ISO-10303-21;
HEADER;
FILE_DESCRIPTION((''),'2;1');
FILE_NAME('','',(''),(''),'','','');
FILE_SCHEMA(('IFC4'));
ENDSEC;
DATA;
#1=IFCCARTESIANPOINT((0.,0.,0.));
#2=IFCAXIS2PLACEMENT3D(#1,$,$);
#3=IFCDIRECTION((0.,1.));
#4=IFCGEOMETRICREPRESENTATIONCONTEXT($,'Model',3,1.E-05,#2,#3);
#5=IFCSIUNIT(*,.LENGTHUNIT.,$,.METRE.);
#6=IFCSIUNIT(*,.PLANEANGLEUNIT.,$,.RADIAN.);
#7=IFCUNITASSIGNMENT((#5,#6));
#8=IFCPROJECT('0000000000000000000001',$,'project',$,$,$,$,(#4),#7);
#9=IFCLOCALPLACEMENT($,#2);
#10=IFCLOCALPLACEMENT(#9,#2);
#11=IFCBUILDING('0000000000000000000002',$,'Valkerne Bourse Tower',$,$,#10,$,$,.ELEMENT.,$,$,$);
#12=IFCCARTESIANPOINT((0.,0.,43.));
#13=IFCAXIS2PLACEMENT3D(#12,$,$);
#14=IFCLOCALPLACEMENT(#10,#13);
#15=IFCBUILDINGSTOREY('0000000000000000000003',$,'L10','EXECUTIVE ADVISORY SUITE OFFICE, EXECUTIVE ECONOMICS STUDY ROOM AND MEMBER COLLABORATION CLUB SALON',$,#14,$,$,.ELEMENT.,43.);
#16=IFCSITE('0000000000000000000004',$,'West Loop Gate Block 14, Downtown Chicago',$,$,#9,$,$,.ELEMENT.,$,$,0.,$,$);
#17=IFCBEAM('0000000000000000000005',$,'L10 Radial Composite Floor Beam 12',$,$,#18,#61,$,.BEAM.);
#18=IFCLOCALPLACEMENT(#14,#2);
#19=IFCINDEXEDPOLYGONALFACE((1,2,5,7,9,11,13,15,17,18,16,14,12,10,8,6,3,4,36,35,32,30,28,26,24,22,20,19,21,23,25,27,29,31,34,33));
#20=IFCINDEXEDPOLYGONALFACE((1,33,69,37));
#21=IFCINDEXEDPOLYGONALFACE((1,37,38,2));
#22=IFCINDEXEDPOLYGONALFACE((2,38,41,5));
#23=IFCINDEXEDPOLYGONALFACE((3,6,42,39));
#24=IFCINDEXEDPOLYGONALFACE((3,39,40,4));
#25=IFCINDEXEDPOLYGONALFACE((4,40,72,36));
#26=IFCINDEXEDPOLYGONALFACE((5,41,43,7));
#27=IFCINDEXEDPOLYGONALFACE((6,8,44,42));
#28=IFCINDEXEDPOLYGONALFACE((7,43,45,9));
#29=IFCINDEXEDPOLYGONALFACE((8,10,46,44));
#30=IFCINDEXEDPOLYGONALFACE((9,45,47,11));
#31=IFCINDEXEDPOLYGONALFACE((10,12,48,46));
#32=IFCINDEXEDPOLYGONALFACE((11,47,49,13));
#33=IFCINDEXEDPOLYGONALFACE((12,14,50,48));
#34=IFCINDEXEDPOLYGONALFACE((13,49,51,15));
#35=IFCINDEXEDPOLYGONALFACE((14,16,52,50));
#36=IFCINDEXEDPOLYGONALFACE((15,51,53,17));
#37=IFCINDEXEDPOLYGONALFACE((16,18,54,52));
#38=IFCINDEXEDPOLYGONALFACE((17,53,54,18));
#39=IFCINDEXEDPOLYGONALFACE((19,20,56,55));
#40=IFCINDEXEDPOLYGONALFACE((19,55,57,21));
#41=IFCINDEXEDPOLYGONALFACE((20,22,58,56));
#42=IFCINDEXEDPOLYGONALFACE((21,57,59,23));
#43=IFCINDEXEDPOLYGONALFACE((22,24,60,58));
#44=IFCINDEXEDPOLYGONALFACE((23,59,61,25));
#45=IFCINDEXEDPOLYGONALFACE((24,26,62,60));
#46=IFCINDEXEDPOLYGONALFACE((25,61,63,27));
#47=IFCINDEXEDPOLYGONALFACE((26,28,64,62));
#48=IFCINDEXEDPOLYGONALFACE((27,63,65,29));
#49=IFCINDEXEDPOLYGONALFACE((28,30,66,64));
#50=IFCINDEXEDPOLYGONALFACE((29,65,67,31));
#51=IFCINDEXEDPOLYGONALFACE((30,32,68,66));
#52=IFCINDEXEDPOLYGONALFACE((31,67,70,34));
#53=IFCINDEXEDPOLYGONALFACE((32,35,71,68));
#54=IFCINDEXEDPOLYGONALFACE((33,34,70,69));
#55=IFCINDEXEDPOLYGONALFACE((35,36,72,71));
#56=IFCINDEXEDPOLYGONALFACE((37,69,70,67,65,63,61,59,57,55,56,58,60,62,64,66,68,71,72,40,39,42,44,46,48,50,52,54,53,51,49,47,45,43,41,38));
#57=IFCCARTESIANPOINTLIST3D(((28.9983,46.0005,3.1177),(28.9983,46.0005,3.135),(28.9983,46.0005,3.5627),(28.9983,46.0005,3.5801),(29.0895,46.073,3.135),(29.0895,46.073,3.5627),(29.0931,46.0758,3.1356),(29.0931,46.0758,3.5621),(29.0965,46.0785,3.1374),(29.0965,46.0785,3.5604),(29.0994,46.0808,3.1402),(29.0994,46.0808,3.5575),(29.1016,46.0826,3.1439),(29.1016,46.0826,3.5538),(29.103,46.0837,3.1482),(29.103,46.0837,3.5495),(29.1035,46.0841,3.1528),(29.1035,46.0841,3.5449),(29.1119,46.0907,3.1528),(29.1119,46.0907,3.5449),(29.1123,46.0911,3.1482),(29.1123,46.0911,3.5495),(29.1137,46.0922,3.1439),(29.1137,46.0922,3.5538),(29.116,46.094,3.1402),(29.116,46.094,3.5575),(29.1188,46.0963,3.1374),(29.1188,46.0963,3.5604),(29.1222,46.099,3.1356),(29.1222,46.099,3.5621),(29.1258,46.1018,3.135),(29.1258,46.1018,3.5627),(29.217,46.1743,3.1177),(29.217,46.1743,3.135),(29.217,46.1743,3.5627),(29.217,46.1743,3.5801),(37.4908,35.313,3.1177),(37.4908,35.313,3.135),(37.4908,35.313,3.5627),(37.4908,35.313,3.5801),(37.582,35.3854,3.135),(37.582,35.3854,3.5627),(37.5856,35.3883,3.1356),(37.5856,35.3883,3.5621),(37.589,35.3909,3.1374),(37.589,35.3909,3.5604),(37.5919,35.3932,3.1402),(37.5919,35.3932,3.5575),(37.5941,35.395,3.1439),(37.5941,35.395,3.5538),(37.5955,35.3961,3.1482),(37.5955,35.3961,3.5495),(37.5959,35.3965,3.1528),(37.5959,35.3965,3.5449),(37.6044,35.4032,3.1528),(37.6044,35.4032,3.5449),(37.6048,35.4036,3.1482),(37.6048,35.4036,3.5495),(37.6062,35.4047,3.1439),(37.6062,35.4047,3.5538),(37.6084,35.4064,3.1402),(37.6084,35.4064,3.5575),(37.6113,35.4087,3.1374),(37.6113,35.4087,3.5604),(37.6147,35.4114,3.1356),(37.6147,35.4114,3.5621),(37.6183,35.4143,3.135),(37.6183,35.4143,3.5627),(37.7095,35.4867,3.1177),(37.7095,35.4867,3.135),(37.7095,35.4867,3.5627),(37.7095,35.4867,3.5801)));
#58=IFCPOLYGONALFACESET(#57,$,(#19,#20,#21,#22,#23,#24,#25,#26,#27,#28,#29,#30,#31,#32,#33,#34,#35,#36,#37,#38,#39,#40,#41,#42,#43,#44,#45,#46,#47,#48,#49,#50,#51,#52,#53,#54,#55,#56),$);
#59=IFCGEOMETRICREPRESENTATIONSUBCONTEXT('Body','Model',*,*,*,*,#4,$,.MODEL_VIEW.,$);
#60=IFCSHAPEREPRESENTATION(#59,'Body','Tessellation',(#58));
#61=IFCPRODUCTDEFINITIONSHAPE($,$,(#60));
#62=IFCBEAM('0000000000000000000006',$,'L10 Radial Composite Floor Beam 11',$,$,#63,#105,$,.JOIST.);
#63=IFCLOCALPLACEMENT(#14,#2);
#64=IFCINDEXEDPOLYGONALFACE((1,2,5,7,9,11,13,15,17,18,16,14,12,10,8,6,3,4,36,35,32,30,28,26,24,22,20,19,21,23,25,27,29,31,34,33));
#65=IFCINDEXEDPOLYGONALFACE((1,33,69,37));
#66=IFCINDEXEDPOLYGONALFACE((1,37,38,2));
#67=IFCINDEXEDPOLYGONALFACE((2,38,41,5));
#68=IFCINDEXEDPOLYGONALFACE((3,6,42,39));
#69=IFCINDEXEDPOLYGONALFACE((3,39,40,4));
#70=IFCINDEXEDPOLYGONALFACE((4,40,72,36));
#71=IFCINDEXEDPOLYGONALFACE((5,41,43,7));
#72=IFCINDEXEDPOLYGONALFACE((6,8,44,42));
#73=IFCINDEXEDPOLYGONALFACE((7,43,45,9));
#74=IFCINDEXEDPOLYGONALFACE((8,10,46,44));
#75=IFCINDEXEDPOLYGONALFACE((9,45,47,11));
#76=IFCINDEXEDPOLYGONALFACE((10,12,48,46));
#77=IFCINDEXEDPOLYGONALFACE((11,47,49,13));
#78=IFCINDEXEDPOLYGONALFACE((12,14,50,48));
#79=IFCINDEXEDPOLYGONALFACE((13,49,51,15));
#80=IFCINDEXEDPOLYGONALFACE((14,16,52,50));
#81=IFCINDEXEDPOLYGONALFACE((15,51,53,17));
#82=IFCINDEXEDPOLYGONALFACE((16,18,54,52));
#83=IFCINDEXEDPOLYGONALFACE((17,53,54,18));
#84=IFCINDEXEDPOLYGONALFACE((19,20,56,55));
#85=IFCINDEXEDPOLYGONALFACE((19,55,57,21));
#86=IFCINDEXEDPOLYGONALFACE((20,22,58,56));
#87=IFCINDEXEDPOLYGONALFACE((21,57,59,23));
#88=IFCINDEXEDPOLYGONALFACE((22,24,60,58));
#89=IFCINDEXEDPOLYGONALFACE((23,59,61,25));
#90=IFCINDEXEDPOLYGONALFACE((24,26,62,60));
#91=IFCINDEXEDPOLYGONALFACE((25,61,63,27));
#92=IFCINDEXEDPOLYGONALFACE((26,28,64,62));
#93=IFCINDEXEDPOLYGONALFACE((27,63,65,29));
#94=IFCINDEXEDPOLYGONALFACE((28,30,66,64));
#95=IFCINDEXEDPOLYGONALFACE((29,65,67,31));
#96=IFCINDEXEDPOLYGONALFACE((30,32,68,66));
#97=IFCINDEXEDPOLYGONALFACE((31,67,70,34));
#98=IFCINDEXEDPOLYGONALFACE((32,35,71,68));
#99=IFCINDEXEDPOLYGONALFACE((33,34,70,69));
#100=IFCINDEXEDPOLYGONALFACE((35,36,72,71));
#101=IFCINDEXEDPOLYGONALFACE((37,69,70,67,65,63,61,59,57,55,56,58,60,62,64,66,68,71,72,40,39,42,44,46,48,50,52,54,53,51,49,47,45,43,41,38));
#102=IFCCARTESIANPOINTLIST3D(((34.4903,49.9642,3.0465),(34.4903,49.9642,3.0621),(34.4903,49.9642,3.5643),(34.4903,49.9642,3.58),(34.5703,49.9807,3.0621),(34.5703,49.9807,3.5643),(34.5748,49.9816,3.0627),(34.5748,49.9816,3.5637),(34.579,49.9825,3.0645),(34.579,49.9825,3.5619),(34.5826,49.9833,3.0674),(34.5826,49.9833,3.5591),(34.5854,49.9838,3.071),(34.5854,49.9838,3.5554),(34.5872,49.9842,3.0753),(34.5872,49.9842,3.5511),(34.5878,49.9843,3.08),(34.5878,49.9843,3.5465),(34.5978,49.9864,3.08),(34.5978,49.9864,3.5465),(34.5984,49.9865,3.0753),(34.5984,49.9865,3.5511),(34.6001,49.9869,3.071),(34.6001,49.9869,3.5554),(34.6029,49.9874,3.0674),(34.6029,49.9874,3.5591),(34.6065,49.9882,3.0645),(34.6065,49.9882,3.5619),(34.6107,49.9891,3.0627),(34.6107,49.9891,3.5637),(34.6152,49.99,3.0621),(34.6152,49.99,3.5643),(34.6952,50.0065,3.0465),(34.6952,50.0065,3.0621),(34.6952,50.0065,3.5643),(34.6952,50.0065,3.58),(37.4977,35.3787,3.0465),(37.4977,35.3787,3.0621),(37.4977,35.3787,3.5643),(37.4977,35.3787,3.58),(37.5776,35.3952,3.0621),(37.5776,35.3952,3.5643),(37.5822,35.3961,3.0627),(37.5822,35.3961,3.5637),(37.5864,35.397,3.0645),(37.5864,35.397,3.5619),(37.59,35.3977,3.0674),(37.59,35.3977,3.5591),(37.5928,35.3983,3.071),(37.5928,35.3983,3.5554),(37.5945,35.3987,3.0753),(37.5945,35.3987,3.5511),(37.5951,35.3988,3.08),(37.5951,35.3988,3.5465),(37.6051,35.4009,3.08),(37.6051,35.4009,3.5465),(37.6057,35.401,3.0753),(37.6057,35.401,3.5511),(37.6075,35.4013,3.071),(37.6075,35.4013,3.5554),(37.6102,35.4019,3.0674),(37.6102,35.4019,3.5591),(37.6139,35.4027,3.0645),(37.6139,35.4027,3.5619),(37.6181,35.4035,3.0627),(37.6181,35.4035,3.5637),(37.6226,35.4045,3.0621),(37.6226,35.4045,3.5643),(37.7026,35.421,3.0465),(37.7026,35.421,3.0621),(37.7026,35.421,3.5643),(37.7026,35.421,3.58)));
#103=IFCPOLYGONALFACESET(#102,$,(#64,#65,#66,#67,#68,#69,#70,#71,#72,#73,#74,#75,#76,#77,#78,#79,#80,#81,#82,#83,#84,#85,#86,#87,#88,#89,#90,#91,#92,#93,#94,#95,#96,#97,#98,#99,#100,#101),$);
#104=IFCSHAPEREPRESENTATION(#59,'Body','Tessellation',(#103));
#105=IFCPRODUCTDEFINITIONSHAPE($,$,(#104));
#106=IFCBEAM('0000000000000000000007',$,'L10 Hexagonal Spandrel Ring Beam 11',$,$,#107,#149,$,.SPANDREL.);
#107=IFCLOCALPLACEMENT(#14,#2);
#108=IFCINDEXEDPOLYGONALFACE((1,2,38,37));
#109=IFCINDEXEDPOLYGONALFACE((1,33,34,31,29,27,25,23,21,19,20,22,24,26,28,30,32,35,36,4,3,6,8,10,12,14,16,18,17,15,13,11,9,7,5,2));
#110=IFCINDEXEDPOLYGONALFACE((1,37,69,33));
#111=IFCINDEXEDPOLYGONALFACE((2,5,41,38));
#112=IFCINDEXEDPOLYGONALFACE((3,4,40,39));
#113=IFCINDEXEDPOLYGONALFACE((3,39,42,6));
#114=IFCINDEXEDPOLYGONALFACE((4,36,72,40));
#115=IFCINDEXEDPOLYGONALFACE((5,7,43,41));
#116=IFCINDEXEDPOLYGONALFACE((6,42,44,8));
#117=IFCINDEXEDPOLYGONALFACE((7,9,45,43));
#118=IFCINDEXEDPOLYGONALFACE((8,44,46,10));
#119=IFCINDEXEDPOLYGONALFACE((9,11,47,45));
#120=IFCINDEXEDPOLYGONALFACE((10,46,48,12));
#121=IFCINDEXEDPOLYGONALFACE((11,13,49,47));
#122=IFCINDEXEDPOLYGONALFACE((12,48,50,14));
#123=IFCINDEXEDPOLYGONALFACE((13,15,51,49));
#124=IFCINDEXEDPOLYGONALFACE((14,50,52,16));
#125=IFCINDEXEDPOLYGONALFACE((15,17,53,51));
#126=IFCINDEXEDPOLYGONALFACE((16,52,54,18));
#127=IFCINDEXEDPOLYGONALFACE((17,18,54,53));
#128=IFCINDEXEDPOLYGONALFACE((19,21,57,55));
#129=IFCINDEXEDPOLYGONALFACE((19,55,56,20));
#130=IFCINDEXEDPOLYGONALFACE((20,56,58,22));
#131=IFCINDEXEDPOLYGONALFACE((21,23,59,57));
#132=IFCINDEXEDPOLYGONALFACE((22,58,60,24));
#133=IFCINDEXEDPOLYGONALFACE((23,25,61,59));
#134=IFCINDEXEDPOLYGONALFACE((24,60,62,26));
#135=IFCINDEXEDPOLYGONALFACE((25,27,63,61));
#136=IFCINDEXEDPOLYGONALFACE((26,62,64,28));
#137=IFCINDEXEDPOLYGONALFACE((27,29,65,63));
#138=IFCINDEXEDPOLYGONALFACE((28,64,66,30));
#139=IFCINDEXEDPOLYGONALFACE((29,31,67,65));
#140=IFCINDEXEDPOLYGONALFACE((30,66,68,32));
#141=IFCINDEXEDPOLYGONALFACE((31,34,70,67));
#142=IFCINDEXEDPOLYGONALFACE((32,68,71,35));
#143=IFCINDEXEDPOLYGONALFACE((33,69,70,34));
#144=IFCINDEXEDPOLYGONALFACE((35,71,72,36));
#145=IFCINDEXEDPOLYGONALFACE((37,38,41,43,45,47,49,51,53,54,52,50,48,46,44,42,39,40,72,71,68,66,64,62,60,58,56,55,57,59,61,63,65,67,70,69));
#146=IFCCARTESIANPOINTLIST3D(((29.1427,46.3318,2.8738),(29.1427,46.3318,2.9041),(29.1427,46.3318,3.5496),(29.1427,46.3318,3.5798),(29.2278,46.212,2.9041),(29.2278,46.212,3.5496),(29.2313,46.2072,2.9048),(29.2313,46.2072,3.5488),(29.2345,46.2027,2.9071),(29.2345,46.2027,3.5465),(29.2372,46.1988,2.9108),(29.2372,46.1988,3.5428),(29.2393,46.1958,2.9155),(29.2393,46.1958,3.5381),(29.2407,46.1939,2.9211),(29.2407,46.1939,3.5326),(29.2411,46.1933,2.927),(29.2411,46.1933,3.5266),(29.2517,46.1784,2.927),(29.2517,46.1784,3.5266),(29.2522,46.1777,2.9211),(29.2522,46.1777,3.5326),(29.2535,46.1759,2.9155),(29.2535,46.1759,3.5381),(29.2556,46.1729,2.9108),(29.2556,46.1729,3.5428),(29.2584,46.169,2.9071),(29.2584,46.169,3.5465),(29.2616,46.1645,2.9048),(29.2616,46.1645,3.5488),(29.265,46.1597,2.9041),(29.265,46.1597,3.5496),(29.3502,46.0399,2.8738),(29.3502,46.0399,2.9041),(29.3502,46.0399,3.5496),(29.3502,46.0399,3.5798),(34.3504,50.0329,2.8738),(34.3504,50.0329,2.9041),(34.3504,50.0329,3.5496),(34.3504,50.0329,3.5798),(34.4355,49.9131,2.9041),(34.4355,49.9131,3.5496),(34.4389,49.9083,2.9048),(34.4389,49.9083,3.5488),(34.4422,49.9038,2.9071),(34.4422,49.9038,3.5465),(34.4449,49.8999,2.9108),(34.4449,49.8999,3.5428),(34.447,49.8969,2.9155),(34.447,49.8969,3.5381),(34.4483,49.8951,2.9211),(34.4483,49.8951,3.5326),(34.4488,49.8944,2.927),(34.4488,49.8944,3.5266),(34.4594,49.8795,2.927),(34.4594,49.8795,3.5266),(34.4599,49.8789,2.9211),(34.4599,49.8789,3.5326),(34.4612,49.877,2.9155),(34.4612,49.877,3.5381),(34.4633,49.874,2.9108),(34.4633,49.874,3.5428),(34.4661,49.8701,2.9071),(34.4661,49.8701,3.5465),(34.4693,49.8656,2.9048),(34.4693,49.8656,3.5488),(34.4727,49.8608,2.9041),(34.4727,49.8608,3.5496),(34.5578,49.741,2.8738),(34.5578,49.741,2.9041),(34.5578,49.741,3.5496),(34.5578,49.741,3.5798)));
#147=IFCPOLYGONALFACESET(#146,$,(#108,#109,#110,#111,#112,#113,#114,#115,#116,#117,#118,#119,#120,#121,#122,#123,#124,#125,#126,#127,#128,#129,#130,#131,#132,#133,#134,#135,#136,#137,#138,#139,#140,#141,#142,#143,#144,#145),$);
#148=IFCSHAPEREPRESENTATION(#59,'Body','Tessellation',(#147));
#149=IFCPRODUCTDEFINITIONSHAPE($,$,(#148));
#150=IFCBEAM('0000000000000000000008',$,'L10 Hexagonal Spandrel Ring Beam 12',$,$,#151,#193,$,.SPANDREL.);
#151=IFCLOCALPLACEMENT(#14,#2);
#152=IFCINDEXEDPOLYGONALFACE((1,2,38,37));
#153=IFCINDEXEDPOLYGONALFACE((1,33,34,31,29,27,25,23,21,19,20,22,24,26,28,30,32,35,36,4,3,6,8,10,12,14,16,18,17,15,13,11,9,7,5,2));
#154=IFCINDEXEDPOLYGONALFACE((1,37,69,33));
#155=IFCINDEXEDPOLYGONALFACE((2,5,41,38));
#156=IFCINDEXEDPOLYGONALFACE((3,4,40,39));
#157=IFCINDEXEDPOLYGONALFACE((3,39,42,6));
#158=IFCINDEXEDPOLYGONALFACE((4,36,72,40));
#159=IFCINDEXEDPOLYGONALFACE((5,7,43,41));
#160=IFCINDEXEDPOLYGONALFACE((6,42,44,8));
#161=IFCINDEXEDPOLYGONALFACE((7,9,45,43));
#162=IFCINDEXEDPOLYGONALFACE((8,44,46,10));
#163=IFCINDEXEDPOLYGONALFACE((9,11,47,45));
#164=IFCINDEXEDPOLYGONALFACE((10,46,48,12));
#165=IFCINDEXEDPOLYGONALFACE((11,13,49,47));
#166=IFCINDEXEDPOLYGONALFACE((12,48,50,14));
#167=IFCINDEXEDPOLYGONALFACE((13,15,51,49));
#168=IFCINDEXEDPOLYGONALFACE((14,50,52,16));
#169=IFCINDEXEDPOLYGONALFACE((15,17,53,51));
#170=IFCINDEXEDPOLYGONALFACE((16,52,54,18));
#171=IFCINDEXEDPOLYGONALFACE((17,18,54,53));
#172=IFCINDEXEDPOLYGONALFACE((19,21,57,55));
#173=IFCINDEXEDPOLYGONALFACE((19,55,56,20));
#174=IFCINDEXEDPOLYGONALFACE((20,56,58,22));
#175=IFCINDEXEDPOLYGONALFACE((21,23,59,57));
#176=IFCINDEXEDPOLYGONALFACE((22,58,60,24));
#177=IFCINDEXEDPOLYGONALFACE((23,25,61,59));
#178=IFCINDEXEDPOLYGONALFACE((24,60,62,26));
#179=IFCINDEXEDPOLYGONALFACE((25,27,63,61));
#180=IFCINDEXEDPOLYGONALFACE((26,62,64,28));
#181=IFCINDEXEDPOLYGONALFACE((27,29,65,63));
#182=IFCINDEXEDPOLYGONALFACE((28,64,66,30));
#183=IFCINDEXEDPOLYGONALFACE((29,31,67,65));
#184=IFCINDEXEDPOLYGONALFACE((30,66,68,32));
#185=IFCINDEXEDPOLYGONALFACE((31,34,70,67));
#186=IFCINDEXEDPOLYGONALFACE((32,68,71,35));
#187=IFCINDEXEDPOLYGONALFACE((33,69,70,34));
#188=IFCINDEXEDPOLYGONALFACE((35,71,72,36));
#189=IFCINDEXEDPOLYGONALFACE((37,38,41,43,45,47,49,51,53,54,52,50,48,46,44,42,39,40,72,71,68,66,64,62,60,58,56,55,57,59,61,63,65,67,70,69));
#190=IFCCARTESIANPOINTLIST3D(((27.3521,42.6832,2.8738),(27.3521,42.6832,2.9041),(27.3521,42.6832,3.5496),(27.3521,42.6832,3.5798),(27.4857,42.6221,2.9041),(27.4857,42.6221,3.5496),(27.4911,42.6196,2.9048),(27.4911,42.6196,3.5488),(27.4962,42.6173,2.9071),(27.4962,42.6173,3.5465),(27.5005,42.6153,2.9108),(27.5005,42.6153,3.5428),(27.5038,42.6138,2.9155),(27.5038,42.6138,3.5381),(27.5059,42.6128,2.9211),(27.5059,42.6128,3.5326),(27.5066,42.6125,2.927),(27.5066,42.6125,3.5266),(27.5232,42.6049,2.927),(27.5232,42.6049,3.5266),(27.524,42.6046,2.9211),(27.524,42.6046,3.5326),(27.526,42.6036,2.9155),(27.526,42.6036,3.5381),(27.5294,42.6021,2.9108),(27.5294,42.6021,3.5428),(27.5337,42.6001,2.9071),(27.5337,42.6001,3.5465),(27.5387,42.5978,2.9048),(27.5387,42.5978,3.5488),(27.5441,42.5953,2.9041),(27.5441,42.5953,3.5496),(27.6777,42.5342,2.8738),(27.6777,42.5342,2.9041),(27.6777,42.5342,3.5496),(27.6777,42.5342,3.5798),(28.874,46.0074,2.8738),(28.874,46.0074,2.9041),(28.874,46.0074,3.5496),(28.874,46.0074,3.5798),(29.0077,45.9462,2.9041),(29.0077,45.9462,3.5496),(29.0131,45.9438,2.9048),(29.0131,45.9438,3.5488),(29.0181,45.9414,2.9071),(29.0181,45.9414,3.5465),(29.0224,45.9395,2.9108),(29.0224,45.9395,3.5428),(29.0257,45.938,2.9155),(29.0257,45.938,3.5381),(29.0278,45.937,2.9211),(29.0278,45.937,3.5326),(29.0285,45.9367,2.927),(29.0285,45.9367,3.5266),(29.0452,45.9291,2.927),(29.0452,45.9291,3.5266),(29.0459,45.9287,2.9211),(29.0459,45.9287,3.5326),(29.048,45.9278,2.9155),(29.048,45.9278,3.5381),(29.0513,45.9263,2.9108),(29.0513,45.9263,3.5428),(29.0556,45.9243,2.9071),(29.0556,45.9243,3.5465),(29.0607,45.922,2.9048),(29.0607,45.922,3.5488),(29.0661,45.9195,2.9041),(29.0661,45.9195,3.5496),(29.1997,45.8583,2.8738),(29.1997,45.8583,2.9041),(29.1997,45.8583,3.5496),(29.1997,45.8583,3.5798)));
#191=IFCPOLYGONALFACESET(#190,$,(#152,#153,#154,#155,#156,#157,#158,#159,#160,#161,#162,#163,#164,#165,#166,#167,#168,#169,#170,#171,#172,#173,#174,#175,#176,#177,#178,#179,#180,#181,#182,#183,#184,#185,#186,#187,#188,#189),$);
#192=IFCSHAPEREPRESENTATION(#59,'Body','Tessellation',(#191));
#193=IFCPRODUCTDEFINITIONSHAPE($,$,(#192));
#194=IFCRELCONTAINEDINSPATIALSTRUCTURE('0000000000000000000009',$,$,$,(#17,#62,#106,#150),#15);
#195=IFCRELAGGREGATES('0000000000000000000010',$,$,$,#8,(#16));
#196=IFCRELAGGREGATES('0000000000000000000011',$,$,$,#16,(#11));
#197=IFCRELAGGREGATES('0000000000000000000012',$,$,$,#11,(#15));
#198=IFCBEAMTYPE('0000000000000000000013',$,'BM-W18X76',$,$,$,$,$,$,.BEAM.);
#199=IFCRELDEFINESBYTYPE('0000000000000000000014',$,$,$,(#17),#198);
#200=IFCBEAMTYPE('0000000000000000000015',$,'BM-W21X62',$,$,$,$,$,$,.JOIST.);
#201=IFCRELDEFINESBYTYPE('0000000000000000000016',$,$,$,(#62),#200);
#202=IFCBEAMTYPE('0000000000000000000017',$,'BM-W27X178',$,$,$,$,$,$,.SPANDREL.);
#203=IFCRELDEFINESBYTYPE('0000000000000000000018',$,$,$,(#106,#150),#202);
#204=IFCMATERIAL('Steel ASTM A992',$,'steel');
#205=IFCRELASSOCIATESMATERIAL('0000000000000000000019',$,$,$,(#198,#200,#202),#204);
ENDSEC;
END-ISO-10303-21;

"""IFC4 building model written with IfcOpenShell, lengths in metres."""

from ifc_helpers import new_model, si_unit, direction, frame, origin, origin_2d, place, context, subcontext, project, spatial, i_section, extrude, material, material_profile, profile_set, type_object, element, save


model = new_model("IFC4")

# Units and contexts
model_context = context("Model", 3, precision=1e-05, world=origin(), true_north=direction((0.0, 1.0)))
body_context = subcontext(model_context, "Body", "Model", "MODEL_VIEW")
ifc_project = project(units=[si_unit("LENGTHUNIT", "METRE"), si_unit("PLANEANGLEUNIT", "RADIAN")], contexts=[model_context])

# Site, building, storey
site_placement = place(None, origin())
site = spatial("IfcSite", under=ifc_project, at=site_placement, Name="West Loop Gate Block 14, Downtown Chicago", CompositionType="ELEMENT", RefElevation=0.0)
building_placement = place(site_placement, origin())
building = spatial("IfcBuilding", under=site, at=building_placement, Name="Valkerne Bourse Tower", CompositionType="ELEMENT")
storey_placement = place(building_placement, frame((0.0, 0.0, 43.0)))
storey = spatial("IfcBuildingStorey", under=building, at=storey_placement, Name="L10", Description="EXECUTIVE ADVISORY SUITE OFFICE, EXECUTIVE ECONOMICS STUDY ROOM AND MEMBER COLLABORATION CLUB SALON", CompositionType="ELEMENT", Elevation=43.0)

# Beams
ifc_material_1 = material(Name="Steel ASTM A992", Category="steel")
ifc_material_profile_1 = material_profile(ifc_material_1, i_section(OverallWidth=0.2793, OverallDepth=0.4624, WebThickness=0.0107, FlangeThickness=0.0173, FilletRadius=0.0178, at=origin_2d()), Name="W18X76")
ifc_profile_set_1 = profile_set([ifc_material_profile_1], Name="Steel ASTM A992")
beam_type_1 = type_object("IfcBeamType", Name="BM-W18X76", PredefinedType="BEAM", material=ifc_profile_set_1)
beam_1_placement = place(storey_placement, frame((29.1077, 46.0874, 3.3489), z_axis=(0.62212, -0.782922, 0.0), x_axis=(0.782922, 0.62212, 0.0)))
element("IfcBeam", 1, at=beam_1_placement, inside=storey, type_object=beam_type_1, Name="L10 Radial Composite Floor Beam 12", PredefinedType="BEAM", context=body_context, shape_type="SweptSolid", body=[
    extrude(i_section(OverallWidth=0.2793, OverallDepth=0.4624, WebThickness=0.0107, FlangeThickness=0.0173, FilletRadius=0.0178, at=origin_2d()), origin(), (0.0, 0.0, 1.0), 13.6509),
])
ifc_material_profile_2 = material_profile(ifc_material_1, i_section(OverallWidth=0.2092, OverallDepth=0.5334, WebThickness=0.0103, FlangeThickness=0.0156, FilletRadius=0.0178, at=origin_2d()), Name="W21X62")
ifc_profile_set_2 = profile_set([ifc_material_profile_2], Name="Steel ASTM A992")
beam_type_2 = type_object("IfcBeamType", Name="BM-W21X62", PredefinedType="JOIST", material=ifc_profile_set_2)
beam_2_placement = place(storey_placement, frame((34.5928, 49.9854, 3.3132), z_axis=(0.201939, -0.979398, 0.0), x_axis=(0.979398, 0.201939, 0.0)))
element("IfcBeam", 2, at=beam_2_placement, inside=storey, type_object=beam_type_2, Name="L10 Radial Composite Floor Beam 11", PredefinedType="JOIST", context=body_context, shape_type="SweptSolid", body=[
    extrude(i_section(OverallWidth=0.2092, OverallDepth=0.5334, WebThickness=0.0103, FlangeThickness=0.0156, FilletRadius=0.0178, at=origin_2d()), origin(), (0.0, 0.0, 1.0), 14.8923),
])
ifc_material_profile_3 = material_profile(ifc_material_1, i_section(OverallWidth=0.3582, OverallDepth=0.7061, WebThickness=0.0183, FlangeThickness=0.0303, FilletRadius=0.0229, at=origin_2d()), Name="W27X178")
ifc_profile_set_3 = profile_set([ifc_material_profile_3], Name="Steel ASTM A992")
beam_type_3 = type_object("IfcBeamType", Name="BM-W27X178", PredefinedType="SPANDREL", material=ifc_profile_set_3)
beam_3_placement = place(storey_placement, frame((34.4541, 49.887, 3.2268), z_axis=(-0.815113, -0.579303, 0.0), x_axis=(0.579303, -0.815113, 0.0)))
element("IfcBeam", 3, at=beam_3_placement, inside=storey, type_object=beam_type_3, Name="L10 Hexagonal Spandrel Ring Beam 11", PredefinedType="SPANDREL", context=body_context, shape_type="SweptSolid", body=[
    extrude(i_section(OverallWidth=0.3582, OverallDepth=0.7061, WebThickness=0.0183, FlangeThickness=0.0303, FilletRadius=0.0229, at=origin_2d()), origin(), (0.0, 0.0, 1.0), 6.3889),
])
for number, where, z_axis, x_axis, name in (
    (4, (29.0369, 45.9329, 3.2268), (-0.416287, -0.909233, 0.0), (0.909233, -0.416287, 0.0), "L10 Hexagonal Spandrel Ring Beam 12"),
):
    element("IfcBeam", number, at=place(storey_placement, frame(where, z_axis=z_axis, x_axis=x_axis)), inside=storey, type_object=beam_type_3, Name=name, PredefinedType="SPANDREL", context=body_context, shape_type="SweptSolid", body=[
        extrude(i_section(OverallWidth=0.3582, OverallDepth=0.7061, WebThickness=0.0183, FlangeThickness=0.0303, FilletRadius=0.0229, at=origin_2d()), origin(), (0.0, 0.0, 1.0), 3.656),
    ])

save(model, "model.ifc")
